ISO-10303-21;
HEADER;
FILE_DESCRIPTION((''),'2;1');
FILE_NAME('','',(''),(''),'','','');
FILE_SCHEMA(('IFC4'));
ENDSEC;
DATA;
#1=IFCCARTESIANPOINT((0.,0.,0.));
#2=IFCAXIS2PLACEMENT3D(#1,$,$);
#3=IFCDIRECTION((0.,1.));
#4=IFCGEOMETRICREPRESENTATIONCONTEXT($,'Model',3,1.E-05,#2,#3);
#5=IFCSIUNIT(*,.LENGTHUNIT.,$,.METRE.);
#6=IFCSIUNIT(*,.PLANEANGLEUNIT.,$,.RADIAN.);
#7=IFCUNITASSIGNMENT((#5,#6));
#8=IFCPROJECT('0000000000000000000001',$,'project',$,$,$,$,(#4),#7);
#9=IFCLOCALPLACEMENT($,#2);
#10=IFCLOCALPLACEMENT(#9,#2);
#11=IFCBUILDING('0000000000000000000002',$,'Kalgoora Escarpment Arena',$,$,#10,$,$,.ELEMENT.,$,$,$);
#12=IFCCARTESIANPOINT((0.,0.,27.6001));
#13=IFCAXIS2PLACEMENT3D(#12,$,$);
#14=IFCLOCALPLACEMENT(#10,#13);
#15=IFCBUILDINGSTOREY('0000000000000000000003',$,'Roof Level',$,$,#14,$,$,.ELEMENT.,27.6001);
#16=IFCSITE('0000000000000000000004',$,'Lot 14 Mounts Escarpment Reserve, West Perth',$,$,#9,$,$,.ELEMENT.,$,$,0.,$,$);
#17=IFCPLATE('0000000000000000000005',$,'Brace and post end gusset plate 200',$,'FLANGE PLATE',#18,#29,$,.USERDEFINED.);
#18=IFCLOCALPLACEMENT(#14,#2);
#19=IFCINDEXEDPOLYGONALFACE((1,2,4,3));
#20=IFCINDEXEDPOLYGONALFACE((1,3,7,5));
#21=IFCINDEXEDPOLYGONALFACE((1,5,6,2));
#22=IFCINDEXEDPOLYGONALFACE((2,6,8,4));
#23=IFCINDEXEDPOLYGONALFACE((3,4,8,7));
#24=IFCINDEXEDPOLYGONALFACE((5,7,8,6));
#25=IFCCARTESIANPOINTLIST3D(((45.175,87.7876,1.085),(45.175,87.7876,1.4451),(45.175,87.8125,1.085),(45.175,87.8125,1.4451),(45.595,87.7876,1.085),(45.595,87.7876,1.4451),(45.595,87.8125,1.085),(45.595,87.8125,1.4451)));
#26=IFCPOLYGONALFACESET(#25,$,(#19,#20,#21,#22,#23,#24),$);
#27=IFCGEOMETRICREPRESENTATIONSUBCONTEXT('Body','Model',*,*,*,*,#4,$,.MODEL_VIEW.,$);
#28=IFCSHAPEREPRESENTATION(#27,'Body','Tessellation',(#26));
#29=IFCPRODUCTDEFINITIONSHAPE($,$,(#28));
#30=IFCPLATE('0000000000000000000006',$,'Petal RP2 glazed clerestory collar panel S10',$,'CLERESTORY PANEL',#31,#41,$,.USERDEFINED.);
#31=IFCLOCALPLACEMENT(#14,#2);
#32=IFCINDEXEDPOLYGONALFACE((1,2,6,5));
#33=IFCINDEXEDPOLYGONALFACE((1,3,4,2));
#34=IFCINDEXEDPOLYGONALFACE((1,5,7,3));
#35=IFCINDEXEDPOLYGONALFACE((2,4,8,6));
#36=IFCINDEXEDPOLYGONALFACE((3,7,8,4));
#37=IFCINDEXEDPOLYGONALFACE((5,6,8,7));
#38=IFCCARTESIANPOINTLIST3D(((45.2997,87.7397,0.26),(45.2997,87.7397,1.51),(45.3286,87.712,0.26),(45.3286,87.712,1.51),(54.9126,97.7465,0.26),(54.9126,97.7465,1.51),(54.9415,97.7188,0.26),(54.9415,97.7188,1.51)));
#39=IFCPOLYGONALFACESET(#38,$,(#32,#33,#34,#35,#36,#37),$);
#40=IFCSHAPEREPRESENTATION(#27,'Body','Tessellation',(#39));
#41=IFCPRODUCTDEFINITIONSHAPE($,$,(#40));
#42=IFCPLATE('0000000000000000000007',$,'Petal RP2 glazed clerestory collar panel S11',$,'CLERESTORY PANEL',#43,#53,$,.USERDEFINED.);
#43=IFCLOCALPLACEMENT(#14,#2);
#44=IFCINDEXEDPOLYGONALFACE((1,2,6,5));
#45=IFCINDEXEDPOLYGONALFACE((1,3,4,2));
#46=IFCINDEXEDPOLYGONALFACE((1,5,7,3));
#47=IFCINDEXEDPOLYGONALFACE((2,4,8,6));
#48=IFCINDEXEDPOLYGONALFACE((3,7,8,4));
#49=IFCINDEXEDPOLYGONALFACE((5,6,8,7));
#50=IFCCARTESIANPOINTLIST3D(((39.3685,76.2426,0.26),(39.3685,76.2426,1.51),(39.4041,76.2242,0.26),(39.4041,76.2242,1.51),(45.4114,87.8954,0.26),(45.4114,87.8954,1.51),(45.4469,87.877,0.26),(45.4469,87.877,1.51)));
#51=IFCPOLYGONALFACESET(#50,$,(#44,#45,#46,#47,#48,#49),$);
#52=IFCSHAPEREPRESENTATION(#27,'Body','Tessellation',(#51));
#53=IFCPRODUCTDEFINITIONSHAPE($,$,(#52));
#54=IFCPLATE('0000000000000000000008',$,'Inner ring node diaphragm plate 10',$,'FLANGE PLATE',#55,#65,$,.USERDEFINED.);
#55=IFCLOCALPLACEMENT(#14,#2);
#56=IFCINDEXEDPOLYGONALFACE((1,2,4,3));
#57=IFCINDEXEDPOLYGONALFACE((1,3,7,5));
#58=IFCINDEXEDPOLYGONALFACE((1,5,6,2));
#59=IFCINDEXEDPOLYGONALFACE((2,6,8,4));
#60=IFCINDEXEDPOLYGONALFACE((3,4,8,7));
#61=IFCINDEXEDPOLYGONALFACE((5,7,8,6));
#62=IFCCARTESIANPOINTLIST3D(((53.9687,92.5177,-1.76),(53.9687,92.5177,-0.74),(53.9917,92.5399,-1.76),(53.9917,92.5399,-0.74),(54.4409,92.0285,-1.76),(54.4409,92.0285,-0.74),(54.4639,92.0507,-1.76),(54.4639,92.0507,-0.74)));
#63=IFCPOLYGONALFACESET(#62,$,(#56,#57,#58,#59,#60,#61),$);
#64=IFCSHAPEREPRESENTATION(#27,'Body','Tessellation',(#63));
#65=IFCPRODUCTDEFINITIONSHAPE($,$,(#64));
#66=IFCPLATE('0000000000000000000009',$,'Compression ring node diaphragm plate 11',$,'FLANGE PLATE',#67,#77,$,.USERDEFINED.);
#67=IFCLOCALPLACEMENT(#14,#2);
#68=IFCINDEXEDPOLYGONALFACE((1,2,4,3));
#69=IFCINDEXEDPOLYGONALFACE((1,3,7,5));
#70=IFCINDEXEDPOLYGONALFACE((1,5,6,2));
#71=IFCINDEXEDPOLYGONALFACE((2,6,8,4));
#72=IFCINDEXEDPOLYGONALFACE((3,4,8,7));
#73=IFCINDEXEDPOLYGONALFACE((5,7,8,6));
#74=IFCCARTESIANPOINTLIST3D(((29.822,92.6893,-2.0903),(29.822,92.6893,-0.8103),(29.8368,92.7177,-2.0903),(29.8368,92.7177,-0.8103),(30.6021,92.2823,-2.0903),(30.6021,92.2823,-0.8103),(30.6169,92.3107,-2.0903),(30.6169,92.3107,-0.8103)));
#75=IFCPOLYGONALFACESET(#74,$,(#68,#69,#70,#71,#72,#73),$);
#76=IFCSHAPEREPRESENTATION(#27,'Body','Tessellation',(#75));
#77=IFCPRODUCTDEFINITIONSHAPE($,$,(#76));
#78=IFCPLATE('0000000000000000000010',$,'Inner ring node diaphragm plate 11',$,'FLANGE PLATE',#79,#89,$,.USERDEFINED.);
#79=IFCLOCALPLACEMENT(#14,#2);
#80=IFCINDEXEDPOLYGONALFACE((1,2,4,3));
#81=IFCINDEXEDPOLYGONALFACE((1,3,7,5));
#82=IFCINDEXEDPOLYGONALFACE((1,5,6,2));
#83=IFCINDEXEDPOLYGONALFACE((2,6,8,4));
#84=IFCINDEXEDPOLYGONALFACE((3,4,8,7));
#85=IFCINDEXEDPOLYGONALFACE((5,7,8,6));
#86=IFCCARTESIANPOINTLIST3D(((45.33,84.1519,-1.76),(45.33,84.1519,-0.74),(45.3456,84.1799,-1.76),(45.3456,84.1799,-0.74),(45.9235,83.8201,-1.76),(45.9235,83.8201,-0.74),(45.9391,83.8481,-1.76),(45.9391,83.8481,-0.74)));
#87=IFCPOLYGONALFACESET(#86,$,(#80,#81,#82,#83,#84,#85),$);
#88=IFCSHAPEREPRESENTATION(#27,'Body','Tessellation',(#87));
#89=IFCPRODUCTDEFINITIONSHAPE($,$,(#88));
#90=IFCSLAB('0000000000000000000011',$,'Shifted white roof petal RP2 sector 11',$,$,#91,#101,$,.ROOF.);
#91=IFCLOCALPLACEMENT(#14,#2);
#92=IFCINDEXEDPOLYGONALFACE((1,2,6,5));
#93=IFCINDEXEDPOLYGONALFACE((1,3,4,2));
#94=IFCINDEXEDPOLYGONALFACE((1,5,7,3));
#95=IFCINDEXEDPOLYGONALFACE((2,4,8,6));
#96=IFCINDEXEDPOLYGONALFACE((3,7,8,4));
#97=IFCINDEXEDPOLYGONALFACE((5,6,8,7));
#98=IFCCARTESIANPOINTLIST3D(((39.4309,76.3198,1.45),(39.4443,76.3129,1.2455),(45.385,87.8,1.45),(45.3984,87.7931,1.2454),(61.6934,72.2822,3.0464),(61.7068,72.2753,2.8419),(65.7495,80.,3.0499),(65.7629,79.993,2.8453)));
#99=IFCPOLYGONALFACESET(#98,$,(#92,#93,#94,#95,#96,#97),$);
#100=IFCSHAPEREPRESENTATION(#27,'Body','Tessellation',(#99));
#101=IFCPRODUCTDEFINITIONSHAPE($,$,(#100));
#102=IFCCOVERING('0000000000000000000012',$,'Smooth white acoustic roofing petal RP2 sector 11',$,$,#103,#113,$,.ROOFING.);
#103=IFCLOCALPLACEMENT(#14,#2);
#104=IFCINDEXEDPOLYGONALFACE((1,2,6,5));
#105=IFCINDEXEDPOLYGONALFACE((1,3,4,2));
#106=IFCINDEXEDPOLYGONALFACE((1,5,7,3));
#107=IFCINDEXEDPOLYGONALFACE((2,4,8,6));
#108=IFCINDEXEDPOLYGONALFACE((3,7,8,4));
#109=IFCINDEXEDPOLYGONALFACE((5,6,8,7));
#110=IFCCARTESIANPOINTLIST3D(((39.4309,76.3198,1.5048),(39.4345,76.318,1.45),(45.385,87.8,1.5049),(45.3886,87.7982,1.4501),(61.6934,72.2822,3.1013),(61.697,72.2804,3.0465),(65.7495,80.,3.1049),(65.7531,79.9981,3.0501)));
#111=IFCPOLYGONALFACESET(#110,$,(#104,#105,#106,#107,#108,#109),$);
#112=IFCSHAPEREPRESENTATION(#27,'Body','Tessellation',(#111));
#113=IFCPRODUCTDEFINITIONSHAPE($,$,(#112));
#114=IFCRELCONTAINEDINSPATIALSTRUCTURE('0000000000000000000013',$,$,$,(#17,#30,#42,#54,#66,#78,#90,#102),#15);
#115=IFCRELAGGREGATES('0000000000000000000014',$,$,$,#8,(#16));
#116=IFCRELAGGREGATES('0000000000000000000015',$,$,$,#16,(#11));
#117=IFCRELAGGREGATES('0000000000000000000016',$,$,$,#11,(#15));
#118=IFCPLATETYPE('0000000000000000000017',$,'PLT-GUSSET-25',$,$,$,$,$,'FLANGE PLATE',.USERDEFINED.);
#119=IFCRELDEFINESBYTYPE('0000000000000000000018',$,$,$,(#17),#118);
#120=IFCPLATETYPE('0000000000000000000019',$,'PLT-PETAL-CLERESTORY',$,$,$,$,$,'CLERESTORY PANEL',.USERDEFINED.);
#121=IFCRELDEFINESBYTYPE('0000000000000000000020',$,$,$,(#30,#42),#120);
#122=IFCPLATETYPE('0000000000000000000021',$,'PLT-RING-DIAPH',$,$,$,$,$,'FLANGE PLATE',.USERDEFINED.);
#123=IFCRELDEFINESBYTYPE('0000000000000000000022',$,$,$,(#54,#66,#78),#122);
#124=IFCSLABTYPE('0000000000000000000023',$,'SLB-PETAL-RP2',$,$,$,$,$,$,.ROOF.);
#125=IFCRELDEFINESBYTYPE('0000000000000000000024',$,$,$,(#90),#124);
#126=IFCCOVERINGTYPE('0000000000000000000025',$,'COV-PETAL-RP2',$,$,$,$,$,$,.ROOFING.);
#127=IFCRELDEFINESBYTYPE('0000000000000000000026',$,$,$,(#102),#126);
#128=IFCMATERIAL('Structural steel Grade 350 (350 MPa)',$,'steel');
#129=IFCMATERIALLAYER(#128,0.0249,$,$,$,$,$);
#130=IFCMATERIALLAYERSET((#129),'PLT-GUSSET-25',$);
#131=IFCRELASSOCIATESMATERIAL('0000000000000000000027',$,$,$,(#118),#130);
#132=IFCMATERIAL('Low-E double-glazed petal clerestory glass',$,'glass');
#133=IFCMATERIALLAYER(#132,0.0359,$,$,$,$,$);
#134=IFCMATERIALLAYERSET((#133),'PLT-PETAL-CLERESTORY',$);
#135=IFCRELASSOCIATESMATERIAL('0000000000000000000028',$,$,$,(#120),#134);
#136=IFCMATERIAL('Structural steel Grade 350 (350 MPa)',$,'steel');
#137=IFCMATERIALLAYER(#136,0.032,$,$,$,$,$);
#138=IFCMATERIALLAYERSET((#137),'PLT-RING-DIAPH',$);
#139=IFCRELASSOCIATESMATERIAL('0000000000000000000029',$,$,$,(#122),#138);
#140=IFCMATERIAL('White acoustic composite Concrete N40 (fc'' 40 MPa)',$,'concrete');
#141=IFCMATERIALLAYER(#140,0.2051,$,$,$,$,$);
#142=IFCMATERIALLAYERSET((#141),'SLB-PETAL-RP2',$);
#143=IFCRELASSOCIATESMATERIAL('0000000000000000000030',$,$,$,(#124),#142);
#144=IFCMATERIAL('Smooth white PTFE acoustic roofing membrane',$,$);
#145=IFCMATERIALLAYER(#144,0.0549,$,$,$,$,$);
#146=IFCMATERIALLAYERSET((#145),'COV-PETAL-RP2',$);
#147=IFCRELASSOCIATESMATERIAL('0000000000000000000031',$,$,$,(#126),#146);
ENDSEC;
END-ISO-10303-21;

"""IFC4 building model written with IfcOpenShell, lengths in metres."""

from ifc_helpers import new_model, si_unit, direction, frame, origin, origin_2d, place, context, subcontext, project, spatial, polyline, rectangle, outline, extrude, material, layer, layer_set, type_object, element, save


model = new_model("IFC4")

# Units and contexts
model_context = context("Model", 3, precision=1e-05, world=origin(), true_north=direction((0.0, 1.0)))
body_context = subcontext(model_context, "Body", "Model", "MODEL_VIEW")
ifc_project = project(units=[si_unit("LENGTHUNIT", "METRE"), si_unit("PLANEANGLEUNIT", "RADIAN")], contexts=[model_context])

# Site, building, storey
site_placement = place(None, origin())
site = spatial("IfcSite", under=ifc_project, at=site_placement, Name="Lot 14 Mounts Escarpment Reserve, West Perth", CompositionType="ELEMENT", RefElevation=0.0)
building_placement = place(site_placement, origin())
building = spatial("IfcBuilding", under=site, at=building_placement, Name="Kalgoora Escarpment Arena", CompositionType="ELEMENT")
storey_placement = place(building_placement, frame((0.0, 0.0, 27.6001)))
storey = spatial("IfcBuildingStorey", under=building, at=storey_placement, Name="Roof Level", CompositionType="ELEMENT", Elevation=27.6001)

# Plates
ifc_material_1 = material(Name="Structural steel Grade 350 (350 MPa)", Category="steel")
ifc_layer_1 = layer(ifc_material_1, 0.0249)
ifc_layer_set_1 = layer_set([ifc_layer_1], Name="PLT-GUSSET-25")
plate_type_1 = type_object("IfcPlateType", Name="PLT-GUSSET-25", ElementType="FLANGE PLATE", PredefinedType="USERDEFINED", material=ifc_layer_set_1)
for number, where, z_axis, x_axis, name in (
    (1, (45.385, 87.8, 1.085), (0.0, 0.0, 1.0), (1.0, 0.0, 0.0), "Brace and post end gusset plate 200"),
):
    element("IfcPlate", number, at=place(storey_placement, frame(where, z_axis=z_axis, x_axis=x_axis)), inside=storey, type_object=plate_type_1, Name=name, ObjectType="FLANGE PLATE", PredefinedType="USERDEFINED", context=body_context, shape_type="SweptSolid", body=[
        extrude(rectangle(XDim=0.4199, YDim=0.0249, at=origin_2d()), origin(), (0.0, 0.0, 1.0), 0.3601),
    ])
ifc_material_2 = material(Name="Low-E double-glazed petal clerestory glass", Category="glass")
ifc_layer_2 = layer(ifc_material_2, 0.0359)
ifc_layer_set_2 = layer_set([ifc_layer_2], Name="PLT-PETAL-CLERESTORY")
plate_type_2 = type_object("IfcPlateType", Name="PLT-PETAL-CLERESTORY", ElementType="CLERESTORY PANEL", PredefinedType="USERDEFINED", material=ifc_layer_set_2)
plate_1_placement = place(storey_placement, frame((50.1206, 92.7292, 0.26), z_axis=(0.0, 0.0, 1.0), x_axis=(-0.692773, -0.721156, 0.0)))
element("IfcPlate", 2, at=plate_1_placement, inside=storey, type_object=plate_type_2, Name="Petal RP2 glazed clerestory collar panel S10", ObjectType="CLERESTORY PANEL", PredefinedType="USERDEFINED", context=body_context, shape_type="SweptSolid", body=[
    extrude(rectangle(XDim=13.876, YDim=0.04, at=origin_2d()), origin(), (0.0, 0.0, 1.0), 1.25),
])
plate_2_placement = place(storey_placement, frame((42.4077, 82.0598, 0.26), z_axis=(0.0, 0.0, 1.0), x_axis=(-0.460355, -0.887735, 0.0)))
element("IfcPlate", 3, at=plate_2_placement, inside=storey, type_object=plate_type_2, Name="Petal RP2 glazed clerestory collar panel S11", ObjectType="CLERESTORY PANEL", PredefinedType="USERDEFINED", context=body_context, shape_type="SweptSolid", body=[
    extrude(rectangle(XDim=13.1265, YDim=0.04, at=origin_2d()), origin(), (0.0, 0.0, 1.0), 1.25),
])
ifc_material_3 = material(Name="Structural steel Grade 350 (350 MPa)", Category="steel")
ifc_layer_3 = layer(ifc_material_3, 0.032)
ifc_layer_set_3 = layer_set([ifc_layer_3], Name="PLT-RING-DIAPH")
plate_type_3 = type_object("IfcPlateType", Name="PLT-RING-DIAPH", ElementType="FLANGE PLATE", PredefinedType="USERDEFINED", material=ifc_layer_set_3)
plate_3_placement = place(storey_placement, frame((54.2163, 92.2842, -1.76), z_axis=(0.0, 0.0, 1.0), x_axis=(-0.719461, -0.694533, 0.0)))
element("IfcPlate", 4, at=plate_3_placement, inside=storey, type_object=plate_type_3, Name="Inner ring node diaphragm plate 10", ObjectType="FLANGE PLATE", PredefinedType="USERDEFINED", context=body_context, shape_type="SweptSolid", body=[
    extrude(rectangle(XDim=0.032, YDim=0.6799, at=origin_2d()), origin(), (0.0, 0.0, 1.0), 1.02),
])
plate_4_placement = place(storey_placement, frame((30.2195, 92.5, -2.0903), z_axis=(0.0, 0.0, 1.0), x_axis=(-0.462523, -0.886608, 0.0)))
element("IfcPlate", 5, at=plate_4_placement, inside=storey, type_object=plate_type_3, Name="Compression ring node diaphragm plate 11", ObjectType="FLANGE PLATE", PredefinedType="USERDEFINED", context=body_context, shape_type="SweptSolid", body=[
    extrude(rectangle(XDim=0.032, YDim=0.8799, at=origin_2d()), origin(), (0.0, 0.0, 1.0), 1.28),
])
plate_5_placement = place(storey_placement, frame((45.6345, 84.0, -1.76), z_axis=(0.0, 0.0, 1.0), x_axis=(-0.488012, -0.872837, 0.0)))
element("IfcPlate", 6, at=plate_5_placement, inside=storey, type_object=plate_type_3, Name="Inner ring node diaphragm plate 11", ObjectType="FLANGE PLATE", PredefinedType="USERDEFINED", context=body_context, shape_type="SweptSolid", body=[
    extrude(rectangle(XDim=0.032, YDim=0.6799, at=origin_2d()), origin(), (0.0, 0.0, 1.0), 1.02),
])

# Slab
ifc_material_4 = material(Name="White acoustic composite Concrete N40 (fc' 40 MPa)", Category="concrete")
ifc_layer_4 = layer(ifc_material_4, 0.2051)
ifc_layer_set_4 = layer_set([ifc_layer_4], Name="SLB-PETAL-RP2")
slab_type = type_object("IfcSlabType", Name="SLB-PETAL-RP2", PredefinedType="ROOF", material=ifc_layer_set_4)
slab_placement = place(storey_placement, frame((45.385, 87.8, 1.45), z_axis=(-0.065364, 0.033905, 0.997285), x_axis=(-0.460402, -0.88771, 0.000004)))
element("IfcSlab", 7, at=slab_placement, inside=storey, type_object=slab_type, Name="Shifted white roof petal RP2 sector 11", PredefinedType="ROOF", context=body_context, shape_type="SweptSolid", body=[
    extrude(outline(polyline([(0.0, 0.0), (12.9324, 0.0), (6.2669, 21.6804), (-2.4517, 21.7279), (0.0, 0.0)])), origin(), (0.0, 0.0, -1.0), 0.2051),
])

# Covering
ifc_material_5 = material(Name="Smooth white PTFE acoustic roofing membrane")
ifc_layer_5 = layer(ifc_material_5, 0.0549)
ifc_layer_set_5 = layer_set([ifc_layer_5], Name="COV-PETAL-RP2")
covering_type = type_object("IfcCoveringType", Name="COV-PETAL-RP2", PredefinedType="ROOFING", material=ifc_layer_set_5)
covering_placement = place(storey_placement, frame((45.385, 87.8, 1.5049), z_axis=(-0.065372, 0.033896, 0.997285), x_axis=(-0.460402, -0.887711, -0.000007)))
element("IfcCovering", 8, at=covering_placement, inside=storey, type_object=covering_type, Name="Smooth white acoustic roofing petal RP2 sector 11", PredefinedType="ROOFING", context=body_context, shape_type="SweptSolid", body=[
    extrude(outline(polyline([(0.0, 0.0), (12.9324, 0.0), (6.2669, 21.6804), (-2.4517, 21.7279), (0.0, 0.0)])), origin(), (0.0, 0.0, -1.0), 0.0549),
])

save(model, "model.ifc")
